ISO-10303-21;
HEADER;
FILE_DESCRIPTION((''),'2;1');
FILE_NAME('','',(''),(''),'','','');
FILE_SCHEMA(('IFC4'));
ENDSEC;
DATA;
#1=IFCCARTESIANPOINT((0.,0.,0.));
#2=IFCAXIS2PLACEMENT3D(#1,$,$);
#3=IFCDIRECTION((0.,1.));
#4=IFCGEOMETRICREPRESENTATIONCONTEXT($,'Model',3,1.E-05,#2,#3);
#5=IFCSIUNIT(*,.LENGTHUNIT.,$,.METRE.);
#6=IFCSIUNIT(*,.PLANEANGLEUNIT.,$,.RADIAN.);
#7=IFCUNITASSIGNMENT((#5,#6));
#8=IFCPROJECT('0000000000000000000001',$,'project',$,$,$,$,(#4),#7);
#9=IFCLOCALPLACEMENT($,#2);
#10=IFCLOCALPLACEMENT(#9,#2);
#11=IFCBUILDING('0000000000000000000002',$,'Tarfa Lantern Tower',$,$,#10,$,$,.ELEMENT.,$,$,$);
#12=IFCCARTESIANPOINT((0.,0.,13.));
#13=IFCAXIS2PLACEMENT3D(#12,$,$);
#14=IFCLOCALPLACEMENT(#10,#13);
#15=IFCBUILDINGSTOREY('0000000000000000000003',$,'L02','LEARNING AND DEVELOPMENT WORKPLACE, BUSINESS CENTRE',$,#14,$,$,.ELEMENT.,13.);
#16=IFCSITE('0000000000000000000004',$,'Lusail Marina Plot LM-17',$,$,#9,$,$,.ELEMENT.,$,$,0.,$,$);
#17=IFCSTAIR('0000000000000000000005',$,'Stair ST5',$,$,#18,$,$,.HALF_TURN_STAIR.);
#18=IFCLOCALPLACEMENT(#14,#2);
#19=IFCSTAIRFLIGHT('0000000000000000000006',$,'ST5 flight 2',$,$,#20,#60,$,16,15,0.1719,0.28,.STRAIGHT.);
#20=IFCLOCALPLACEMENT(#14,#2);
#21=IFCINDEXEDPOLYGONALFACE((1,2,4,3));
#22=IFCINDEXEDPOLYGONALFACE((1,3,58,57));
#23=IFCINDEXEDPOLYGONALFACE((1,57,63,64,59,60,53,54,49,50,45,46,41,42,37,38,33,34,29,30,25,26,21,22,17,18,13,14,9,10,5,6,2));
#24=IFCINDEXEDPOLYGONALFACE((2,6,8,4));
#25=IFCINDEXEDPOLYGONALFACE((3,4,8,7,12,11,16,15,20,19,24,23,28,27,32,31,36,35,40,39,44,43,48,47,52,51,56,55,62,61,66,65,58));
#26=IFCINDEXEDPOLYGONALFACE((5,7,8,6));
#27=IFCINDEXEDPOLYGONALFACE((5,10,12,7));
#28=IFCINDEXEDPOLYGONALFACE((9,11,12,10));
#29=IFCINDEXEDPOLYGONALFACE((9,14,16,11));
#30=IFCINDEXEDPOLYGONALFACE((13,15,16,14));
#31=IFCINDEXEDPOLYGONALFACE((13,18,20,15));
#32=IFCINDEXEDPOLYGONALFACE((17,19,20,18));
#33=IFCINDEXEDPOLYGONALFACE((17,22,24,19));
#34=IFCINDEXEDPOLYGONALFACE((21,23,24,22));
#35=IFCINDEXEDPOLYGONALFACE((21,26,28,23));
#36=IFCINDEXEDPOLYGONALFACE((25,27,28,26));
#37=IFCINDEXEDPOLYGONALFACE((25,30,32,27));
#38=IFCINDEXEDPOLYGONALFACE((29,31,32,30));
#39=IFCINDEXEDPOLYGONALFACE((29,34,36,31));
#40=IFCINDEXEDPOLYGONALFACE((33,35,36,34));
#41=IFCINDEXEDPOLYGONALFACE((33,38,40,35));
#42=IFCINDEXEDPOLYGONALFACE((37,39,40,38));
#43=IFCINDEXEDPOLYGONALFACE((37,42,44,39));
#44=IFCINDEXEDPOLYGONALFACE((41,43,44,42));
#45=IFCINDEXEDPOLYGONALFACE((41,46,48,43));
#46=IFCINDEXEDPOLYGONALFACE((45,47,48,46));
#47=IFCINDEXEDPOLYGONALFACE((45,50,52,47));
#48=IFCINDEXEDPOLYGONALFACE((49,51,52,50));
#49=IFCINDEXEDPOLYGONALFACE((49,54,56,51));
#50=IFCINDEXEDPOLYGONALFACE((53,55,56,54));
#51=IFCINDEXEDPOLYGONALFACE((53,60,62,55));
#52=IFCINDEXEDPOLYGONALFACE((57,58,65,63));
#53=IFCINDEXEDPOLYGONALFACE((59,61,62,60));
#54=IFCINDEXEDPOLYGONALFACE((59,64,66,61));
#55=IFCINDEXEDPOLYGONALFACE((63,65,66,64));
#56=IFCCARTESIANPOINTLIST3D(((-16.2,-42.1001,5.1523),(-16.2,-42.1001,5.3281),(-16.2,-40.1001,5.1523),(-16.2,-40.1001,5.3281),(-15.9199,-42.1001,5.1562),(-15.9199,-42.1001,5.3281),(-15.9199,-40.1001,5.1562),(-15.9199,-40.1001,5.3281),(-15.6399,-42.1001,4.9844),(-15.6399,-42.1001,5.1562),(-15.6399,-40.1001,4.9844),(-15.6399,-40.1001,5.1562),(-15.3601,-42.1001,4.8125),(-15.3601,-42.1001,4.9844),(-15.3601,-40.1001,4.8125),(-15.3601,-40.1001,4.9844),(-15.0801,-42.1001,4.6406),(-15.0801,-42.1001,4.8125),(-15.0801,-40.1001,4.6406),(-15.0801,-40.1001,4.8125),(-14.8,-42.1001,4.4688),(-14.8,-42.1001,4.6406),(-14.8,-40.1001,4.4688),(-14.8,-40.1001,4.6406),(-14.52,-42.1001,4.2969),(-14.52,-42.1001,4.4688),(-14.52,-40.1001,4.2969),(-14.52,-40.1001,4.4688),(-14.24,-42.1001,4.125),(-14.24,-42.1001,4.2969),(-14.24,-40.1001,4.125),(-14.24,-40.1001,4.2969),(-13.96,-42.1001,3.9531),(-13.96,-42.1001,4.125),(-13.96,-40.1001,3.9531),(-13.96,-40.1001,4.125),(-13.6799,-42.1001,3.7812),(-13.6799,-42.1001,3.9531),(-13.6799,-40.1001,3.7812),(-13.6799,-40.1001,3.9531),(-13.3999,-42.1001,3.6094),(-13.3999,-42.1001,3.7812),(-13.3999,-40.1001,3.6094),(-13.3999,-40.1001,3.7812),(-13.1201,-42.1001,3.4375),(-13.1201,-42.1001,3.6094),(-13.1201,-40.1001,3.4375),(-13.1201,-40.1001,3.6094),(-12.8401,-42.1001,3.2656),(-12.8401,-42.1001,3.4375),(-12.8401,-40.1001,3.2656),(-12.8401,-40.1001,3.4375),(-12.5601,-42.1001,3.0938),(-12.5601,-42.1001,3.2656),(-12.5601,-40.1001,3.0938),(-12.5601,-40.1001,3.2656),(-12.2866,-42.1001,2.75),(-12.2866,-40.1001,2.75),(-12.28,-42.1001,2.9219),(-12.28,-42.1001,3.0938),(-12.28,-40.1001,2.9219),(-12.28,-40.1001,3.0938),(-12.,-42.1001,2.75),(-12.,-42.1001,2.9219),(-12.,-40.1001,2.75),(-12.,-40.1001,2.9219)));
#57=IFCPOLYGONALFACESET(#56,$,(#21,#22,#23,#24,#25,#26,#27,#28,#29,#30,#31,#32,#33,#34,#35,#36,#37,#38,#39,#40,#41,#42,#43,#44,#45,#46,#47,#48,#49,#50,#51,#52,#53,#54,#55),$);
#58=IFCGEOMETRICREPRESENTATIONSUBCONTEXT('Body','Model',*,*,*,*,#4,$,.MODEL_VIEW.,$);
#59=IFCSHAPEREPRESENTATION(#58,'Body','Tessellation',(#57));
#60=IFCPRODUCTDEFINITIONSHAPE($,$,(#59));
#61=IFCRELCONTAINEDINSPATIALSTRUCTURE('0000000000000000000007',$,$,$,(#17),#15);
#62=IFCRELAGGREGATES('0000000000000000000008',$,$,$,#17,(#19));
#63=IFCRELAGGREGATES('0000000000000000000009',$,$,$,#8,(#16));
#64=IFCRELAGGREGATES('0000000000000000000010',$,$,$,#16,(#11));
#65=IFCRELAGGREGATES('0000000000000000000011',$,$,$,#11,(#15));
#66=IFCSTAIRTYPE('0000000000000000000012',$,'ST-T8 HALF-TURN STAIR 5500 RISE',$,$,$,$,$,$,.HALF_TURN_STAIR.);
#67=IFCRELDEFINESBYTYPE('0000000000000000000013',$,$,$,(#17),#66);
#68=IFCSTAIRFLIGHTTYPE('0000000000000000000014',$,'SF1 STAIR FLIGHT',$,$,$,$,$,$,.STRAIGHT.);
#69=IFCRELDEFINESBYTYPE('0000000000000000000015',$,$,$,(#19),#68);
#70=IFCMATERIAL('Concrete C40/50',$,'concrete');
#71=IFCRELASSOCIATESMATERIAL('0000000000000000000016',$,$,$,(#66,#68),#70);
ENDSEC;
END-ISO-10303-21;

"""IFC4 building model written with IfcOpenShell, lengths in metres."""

from ifc_helpers import new_model, si_unit, direction, frame, origin, place, context, subcontext, project, spatial, polyline, outline, extrude, material, type_object, element, aggregate, save


model = new_model("IFC4")

# Units and contexts
model_context = context("Model", 3, precision=1e-05, world=origin(), true_north=direction((0.0, 1.0)))
body_context = subcontext(model_context, "Body", "Model", "MODEL_VIEW")
ifc_project = project(units=[si_unit("LENGTHUNIT", "METRE"), si_unit("PLANEANGLEUNIT", "RADIAN")], contexts=[model_context])

# Site, building, storey
site_placement = place(None, origin())
site = spatial("IfcSite", under=ifc_project, at=site_placement, Name="Lusail Marina Plot LM-17", CompositionType="ELEMENT", RefElevation=0.0)
building_placement = place(site_placement, origin())
building = spatial("IfcBuilding", under=site, at=building_placement, Name="Tarfa Lantern Tower", CompositionType="ELEMENT")
storey_placement = place(building_placement, frame((0.0, 0.0, 13.0)))
storey = spatial("IfcBuildingStorey", under=building, at=storey_placement, Name="L02", Description="LEARNING AND DEVELOPMENT WORKPLACE, BUSINESS CENTRE", CompositionType="ELEMENT", Elevation=13.0)

# Stair, stair flight
ifc_material_1 = material(Name="Concrete C40/50", Category="concrete")
stair_type = type_object("IfcStairType", Name="ST-T8 HALF-TURN STAIR 5500 RISE", PredefinedType="HALF_TURN_STAIR", material=ifc_material_1)
stair_placement = place(storey_placement, origin())
stair = element("IfcStair", 1, at=stair_placement, inside=storey, type_object=stair_type, Name="Stair ST5", PredefinedType="HALF_TURN_STAIR")
stair_flight_type = type_object("IfcStairFlightType", Name="SF1 STAIR FLIGHT", PredefinedType="STRAIGHT", material=ifc_material_1)
stair_flight_1_placement = place(storey_placement, frame((-12.0, -41.1001, 2.75), z_axis=(0.0, 0.0, 1.0), x_axis=(-1.0, 0.0, 0.0)))
stair_flight_1 = element("IfcStairFlight", 2, at=stair_flight_1_placement, type_object=stair_flight_type, Name="ST5 flight 2", NumberOfRisers=16, NumberOfTreads=15, PredefinedType="STRAIGHT", RiserHeight=0.1719, TreadLength=0.28, context=body_context, shape_type="SweptSolid", body=[
    extrude(outline(polyline([(0.0, 0.0), (0.0, 0.1719), (0.28, 0.1719), (0.28, 0.3438), (0.5601, 0.3438), (0.5601, 0.5156), (0.8401, 0.5156), (0.8401, 0.6875), (1.1201, 0.6875), (1.1201, 0.8594), (1.3999, 0.8594), (1.3999, 1.0312), (1.6799, 1.0312), (1.6799, 1.2031), (1.96, 1.2031), (1.96, 1.375), (2.24, 1.375), (2.24, 1.5469), (2.52, 1.5469), (2.52, 1.7188), (2.8, 1.7188), (2.8, 1.8906), (3.0801, 1.8906), (3.0801, 2.0625), (3.3601, 2.0625), (3.3601, 2.2344), (3.6399, 2.2344), (3.6399, 2.4062), (3.9199, 2.4062), (3.9199, 2.5781), (4.2, 2.5781), (4.2, 2.75), (4.2, 2.4023), (0.2866, 0.0), (0.0, 0.0)])), frame((0.0, 1.0, 0.0), z_axis=(0.0, -1.0, 0.0), x_axis=(1.0, 0.0, 0.0)), (0.0, 0.0, 1.0), 2.0),
])
aggregate(stair, [stair_flight_1])

save(model, "model.ifc")
